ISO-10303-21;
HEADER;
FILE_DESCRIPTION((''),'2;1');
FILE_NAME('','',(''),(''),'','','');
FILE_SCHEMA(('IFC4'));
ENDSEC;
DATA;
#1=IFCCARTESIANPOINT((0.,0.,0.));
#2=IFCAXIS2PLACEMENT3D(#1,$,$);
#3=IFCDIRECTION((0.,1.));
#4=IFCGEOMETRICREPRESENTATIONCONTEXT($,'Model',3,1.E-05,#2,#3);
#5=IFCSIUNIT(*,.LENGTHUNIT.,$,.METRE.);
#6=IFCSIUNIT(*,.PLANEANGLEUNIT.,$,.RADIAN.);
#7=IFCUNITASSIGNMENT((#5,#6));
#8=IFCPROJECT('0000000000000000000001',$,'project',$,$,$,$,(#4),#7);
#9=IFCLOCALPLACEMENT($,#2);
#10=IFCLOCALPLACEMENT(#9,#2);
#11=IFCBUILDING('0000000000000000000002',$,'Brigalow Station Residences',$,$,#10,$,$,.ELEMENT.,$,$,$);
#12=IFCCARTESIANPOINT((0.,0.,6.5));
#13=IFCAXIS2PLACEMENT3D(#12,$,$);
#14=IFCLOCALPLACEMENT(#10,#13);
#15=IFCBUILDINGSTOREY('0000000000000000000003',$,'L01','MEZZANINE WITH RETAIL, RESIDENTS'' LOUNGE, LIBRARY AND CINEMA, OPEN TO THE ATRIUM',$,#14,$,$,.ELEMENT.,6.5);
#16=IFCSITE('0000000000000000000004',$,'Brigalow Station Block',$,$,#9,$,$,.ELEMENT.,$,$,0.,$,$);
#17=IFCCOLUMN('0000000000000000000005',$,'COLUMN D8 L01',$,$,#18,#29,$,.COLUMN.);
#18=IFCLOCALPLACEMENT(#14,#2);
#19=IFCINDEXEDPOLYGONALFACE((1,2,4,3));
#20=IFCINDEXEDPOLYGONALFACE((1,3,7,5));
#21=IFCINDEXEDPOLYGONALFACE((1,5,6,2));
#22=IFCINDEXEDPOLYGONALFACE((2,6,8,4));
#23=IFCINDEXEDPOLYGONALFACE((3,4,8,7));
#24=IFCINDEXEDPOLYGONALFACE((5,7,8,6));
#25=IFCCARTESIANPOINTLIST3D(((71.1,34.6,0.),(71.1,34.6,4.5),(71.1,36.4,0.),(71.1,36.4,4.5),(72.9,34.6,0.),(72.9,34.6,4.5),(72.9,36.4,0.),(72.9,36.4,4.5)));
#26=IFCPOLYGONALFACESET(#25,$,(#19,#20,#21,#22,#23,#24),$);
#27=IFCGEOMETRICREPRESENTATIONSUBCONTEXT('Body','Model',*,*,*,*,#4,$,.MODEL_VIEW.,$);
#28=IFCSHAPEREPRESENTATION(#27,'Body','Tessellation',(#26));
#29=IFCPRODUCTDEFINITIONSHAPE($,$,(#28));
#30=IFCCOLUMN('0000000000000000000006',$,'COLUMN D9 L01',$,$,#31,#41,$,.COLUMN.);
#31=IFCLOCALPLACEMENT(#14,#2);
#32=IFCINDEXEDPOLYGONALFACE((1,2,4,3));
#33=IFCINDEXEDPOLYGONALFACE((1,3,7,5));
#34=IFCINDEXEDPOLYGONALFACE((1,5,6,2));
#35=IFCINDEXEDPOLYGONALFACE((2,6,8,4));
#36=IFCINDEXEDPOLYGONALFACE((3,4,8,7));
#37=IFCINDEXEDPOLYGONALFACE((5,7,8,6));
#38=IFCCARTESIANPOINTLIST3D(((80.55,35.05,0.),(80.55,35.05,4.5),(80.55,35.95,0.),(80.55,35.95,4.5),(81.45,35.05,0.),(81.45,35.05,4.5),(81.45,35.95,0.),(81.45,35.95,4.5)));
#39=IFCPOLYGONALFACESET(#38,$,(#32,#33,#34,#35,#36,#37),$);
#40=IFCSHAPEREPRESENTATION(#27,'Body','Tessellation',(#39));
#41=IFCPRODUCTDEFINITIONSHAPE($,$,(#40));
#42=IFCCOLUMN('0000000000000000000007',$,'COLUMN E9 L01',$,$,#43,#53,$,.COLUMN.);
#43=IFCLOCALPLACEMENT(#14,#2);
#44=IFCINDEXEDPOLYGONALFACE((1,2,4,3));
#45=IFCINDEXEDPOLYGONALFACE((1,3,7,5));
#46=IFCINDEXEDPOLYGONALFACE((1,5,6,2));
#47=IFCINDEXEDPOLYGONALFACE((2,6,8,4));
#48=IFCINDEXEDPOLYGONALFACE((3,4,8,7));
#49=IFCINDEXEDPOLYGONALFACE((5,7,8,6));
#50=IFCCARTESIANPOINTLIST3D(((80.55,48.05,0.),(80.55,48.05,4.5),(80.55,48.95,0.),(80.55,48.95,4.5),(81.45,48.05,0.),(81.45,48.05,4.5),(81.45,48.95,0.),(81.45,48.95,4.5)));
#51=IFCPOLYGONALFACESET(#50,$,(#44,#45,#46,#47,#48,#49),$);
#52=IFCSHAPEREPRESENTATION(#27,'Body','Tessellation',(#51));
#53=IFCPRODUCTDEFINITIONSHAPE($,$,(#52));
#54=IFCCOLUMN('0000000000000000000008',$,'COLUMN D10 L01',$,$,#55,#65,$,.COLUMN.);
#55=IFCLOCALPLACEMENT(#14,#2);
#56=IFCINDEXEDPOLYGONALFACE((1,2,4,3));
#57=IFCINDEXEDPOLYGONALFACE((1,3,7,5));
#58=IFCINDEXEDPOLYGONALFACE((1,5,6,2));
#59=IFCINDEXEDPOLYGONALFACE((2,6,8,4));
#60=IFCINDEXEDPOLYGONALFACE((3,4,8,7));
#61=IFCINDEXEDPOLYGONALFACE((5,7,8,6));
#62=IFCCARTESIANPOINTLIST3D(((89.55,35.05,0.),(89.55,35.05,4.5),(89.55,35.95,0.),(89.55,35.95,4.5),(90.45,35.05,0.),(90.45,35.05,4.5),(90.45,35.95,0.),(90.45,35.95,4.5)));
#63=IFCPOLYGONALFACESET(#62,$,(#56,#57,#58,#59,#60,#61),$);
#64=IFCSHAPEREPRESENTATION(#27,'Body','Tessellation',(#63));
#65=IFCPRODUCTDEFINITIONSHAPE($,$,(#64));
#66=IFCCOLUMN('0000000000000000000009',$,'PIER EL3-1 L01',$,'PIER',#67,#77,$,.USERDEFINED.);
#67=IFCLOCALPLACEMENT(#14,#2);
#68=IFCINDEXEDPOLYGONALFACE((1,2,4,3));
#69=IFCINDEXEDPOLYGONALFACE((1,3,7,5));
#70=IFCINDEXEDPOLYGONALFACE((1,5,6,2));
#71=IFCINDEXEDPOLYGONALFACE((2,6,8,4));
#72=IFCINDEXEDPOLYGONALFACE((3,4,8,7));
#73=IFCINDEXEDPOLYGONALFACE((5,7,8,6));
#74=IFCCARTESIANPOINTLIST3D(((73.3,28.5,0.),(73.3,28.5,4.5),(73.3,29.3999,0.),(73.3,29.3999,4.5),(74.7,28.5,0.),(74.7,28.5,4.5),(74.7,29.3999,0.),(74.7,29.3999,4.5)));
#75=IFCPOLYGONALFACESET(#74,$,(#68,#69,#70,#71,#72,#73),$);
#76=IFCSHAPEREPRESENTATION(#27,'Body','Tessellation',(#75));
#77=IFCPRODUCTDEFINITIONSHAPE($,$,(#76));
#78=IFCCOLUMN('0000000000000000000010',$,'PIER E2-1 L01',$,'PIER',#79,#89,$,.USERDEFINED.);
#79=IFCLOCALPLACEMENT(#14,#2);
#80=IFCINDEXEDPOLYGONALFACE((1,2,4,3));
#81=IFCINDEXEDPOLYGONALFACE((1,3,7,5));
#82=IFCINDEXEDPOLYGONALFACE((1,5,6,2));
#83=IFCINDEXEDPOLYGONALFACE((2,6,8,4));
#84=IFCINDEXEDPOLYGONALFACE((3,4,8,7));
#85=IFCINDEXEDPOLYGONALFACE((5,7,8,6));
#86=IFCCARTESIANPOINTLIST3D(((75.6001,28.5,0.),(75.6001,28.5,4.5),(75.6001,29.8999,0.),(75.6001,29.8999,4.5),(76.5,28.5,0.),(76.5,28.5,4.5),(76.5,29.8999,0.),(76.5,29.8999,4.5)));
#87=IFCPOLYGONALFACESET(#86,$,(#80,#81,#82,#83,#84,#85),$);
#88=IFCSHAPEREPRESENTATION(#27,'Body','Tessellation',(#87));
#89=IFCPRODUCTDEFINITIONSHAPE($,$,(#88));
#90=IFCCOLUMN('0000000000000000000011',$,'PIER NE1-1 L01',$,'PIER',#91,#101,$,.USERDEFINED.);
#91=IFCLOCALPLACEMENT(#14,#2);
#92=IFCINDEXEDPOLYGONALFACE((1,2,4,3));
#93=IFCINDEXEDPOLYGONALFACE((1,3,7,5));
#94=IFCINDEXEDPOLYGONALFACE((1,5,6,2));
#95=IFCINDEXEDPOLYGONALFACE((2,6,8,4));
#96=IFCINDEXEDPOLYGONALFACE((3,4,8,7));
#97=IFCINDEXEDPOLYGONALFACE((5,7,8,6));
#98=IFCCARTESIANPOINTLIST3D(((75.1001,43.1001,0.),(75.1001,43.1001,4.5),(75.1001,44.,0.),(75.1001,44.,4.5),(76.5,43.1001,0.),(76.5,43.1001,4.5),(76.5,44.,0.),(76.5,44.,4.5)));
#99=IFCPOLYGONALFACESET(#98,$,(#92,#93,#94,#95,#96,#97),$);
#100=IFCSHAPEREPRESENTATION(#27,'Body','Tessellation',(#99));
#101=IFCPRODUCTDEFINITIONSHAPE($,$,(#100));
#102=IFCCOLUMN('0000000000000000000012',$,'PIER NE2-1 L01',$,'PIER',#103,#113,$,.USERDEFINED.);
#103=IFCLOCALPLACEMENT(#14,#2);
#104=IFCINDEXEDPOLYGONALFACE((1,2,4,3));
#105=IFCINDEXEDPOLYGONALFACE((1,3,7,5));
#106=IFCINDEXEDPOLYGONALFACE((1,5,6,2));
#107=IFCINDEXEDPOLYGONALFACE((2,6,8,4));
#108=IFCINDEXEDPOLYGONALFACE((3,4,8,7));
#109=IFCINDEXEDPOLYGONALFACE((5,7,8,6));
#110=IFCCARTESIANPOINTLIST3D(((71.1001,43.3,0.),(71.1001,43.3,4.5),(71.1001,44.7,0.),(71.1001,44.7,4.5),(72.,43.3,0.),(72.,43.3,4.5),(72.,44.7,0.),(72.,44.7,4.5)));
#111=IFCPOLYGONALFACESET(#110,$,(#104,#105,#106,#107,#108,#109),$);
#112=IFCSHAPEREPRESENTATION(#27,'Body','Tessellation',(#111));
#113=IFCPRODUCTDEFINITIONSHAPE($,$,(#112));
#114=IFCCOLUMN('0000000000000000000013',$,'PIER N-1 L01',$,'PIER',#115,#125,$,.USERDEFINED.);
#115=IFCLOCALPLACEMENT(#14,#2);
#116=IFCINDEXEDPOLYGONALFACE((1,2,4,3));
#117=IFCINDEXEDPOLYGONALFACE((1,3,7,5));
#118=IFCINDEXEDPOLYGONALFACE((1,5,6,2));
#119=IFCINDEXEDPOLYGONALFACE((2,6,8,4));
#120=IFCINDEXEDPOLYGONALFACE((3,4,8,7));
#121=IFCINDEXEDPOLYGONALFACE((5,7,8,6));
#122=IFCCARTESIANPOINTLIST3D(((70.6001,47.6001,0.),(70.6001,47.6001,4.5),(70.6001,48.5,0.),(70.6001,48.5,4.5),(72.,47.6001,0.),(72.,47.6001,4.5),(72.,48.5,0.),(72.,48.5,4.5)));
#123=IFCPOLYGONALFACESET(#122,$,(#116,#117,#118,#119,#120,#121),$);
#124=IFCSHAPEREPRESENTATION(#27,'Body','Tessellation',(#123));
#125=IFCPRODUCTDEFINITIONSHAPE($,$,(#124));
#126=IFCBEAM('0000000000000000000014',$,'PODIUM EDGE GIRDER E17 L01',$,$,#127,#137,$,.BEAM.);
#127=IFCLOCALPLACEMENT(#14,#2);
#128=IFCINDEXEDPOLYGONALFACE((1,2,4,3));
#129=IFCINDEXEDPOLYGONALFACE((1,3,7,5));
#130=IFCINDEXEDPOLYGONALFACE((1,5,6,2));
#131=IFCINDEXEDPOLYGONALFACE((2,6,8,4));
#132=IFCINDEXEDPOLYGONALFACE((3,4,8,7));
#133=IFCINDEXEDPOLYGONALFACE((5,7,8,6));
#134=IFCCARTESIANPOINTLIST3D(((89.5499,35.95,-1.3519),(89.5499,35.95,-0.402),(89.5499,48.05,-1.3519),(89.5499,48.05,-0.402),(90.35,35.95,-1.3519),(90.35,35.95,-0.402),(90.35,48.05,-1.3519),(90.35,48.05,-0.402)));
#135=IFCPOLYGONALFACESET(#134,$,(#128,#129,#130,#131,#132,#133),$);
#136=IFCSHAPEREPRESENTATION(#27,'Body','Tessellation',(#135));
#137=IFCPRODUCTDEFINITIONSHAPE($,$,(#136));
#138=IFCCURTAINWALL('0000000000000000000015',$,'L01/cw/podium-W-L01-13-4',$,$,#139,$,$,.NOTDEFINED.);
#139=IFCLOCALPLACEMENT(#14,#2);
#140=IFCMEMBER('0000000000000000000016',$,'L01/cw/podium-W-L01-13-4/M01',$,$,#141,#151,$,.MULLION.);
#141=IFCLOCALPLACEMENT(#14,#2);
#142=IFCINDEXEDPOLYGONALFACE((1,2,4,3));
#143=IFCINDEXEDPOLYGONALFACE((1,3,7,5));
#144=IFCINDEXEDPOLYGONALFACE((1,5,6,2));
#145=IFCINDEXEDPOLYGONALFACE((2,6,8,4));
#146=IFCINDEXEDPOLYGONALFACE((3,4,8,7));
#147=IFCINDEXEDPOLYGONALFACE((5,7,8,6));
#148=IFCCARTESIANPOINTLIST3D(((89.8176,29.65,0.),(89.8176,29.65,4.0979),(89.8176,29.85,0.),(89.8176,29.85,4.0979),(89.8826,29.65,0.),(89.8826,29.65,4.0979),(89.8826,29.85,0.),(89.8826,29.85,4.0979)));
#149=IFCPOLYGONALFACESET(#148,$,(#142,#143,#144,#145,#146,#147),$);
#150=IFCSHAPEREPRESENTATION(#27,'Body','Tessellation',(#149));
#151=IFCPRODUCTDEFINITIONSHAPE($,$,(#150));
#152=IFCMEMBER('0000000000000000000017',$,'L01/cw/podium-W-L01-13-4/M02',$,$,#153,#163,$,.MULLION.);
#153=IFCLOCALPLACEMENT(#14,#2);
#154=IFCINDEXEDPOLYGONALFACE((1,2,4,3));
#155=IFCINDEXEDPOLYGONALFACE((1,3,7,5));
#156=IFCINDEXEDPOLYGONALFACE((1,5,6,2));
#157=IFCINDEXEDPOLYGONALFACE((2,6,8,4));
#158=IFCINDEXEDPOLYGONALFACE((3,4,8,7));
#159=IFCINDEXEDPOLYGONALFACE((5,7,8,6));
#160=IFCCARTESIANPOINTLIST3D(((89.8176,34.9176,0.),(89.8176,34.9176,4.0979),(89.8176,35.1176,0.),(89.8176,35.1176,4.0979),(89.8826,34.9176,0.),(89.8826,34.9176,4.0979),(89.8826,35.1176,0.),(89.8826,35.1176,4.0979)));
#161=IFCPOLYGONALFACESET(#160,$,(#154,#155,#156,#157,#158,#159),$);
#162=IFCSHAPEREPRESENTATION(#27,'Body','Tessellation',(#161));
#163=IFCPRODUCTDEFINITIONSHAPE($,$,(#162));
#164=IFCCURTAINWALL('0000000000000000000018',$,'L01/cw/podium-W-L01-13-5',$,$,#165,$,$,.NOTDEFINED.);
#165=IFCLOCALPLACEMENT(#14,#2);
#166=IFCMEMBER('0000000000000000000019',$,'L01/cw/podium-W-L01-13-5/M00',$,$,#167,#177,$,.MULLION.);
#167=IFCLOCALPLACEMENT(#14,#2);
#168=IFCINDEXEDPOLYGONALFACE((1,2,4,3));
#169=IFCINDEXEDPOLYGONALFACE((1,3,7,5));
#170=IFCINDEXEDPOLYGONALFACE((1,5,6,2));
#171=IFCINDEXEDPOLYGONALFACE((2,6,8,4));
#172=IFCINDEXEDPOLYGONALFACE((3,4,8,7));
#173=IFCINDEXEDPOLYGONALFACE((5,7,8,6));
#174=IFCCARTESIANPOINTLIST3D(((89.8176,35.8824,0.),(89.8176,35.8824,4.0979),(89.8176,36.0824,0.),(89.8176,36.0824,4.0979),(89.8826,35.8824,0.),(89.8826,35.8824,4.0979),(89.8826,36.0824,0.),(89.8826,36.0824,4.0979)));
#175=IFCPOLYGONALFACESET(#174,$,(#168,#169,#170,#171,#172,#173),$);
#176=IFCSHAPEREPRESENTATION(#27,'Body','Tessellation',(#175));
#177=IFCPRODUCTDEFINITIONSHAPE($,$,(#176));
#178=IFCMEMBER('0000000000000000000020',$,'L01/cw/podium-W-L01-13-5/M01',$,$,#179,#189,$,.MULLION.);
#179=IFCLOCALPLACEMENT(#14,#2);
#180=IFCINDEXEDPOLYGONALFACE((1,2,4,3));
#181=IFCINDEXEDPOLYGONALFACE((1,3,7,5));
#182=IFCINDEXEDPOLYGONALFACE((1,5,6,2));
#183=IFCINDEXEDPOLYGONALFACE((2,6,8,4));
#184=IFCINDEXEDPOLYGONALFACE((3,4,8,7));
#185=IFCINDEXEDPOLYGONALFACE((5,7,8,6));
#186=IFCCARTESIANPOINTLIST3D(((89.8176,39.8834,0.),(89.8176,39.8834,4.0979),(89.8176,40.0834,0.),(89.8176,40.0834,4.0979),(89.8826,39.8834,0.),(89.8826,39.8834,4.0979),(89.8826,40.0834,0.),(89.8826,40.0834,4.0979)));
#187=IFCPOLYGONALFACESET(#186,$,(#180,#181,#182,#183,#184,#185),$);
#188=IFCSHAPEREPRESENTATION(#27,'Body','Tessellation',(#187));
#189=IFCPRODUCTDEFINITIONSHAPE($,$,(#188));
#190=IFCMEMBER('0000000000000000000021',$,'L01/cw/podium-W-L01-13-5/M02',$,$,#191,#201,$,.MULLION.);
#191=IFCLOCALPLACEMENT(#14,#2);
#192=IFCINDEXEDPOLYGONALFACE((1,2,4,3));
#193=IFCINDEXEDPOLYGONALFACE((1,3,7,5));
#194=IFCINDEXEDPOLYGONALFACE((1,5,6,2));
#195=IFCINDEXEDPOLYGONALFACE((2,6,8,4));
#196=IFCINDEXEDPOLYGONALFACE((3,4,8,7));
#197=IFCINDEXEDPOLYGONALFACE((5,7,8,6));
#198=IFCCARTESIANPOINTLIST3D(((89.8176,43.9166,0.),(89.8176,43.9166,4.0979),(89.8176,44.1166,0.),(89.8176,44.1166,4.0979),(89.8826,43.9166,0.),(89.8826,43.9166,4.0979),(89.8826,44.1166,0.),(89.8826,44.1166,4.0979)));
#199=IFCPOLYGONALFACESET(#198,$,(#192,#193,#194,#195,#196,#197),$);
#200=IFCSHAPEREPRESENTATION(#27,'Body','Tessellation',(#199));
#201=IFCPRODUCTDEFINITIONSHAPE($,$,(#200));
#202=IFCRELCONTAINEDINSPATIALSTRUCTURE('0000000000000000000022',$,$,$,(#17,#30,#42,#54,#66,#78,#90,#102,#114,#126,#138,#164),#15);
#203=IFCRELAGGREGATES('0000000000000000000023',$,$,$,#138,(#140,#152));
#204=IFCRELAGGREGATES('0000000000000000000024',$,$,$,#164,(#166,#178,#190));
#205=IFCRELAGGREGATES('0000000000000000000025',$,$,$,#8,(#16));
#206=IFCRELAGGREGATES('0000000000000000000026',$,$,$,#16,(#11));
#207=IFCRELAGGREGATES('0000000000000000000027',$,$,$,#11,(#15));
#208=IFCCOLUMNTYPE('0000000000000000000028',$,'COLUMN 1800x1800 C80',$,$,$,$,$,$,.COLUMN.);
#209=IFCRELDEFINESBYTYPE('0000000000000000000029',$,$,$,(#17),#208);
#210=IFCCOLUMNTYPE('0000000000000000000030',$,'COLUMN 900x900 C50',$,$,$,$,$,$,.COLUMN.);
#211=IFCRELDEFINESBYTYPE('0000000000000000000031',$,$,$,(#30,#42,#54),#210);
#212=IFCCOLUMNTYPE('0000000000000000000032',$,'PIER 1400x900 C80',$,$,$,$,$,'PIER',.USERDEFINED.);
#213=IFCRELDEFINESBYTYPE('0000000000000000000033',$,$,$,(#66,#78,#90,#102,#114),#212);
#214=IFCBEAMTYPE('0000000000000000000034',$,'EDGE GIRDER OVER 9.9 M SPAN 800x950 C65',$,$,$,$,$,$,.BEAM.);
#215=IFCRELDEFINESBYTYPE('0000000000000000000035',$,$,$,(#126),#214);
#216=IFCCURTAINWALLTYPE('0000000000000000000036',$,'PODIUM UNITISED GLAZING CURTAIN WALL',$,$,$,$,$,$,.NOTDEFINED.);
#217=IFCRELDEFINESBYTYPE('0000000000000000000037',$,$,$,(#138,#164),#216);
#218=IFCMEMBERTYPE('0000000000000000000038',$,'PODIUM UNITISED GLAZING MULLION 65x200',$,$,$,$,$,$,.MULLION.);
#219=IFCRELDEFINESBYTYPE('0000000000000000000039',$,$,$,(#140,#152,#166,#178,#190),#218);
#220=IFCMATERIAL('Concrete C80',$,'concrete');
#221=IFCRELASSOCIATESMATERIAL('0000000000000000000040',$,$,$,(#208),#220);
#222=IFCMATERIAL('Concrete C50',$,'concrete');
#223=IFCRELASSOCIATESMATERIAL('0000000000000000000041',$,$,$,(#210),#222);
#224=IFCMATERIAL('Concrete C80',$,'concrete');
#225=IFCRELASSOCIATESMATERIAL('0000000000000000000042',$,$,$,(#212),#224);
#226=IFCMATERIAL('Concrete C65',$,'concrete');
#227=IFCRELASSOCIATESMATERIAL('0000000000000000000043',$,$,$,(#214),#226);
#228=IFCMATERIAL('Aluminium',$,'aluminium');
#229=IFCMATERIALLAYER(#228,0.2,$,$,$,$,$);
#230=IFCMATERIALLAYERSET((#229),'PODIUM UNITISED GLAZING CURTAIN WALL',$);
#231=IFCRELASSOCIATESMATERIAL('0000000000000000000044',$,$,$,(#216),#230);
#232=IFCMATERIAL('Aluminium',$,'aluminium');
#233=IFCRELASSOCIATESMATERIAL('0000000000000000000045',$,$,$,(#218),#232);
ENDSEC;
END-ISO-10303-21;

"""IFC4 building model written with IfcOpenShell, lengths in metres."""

from ifc_helpers import new_model, si_unit, direction, frame, origin, origin_2d, place, context, subcontext, project, spatial, rectangle, extrude, material, layer, layer_set, material_profile, profile_set, type_object, element, aggregate, save


model = new_model("IFC4")

# Units and contexts
model_context = context("Model", 3, precision=1e-05, world=origin(), true_north=direction((0.0, 1.0)))
body_context = subcontext(model_context, "Body", "Model", "MODEL_VIEW")
ifc_project = project(units=[si_unit("LENGTHUNIT", "METRE"), si_unit("PLANEANGLEUNIT", "RADIAN")], contexts=[model_context])

# Site, building, storey
site_placement = place(None, origin())
site = spatial("IfcSite", under=ifc_project, at=site_placement, Name="Brigalow Station Block", CompositionType="ELEMENT", RefElevation=0.0)
building_placement = place(site_placement, origin())
building = spatial("IfcBuilding", under=site, at=building_placement, Name="Brigalow Station Residences", CompositionType="ELEMENT")
storey_placement = place(building_placement, frame((0.0, 0.0, 6.5)))
storey = spatial("IfcBuildingStorey", under=building, at=storey_placement, Name="L01", Description="MEZZANINE WITH RETAIL, RESIDENTS' LOUNGE, LIBRARY AND CINEMA, OPEN TO THE ATRIUM", CompositionType="ELEMENT", Elevation=6.5)

# Columns
ifc_material_1 = material(Name="Concrete C80", Category="concrete")
ifc_material_profile_1 = material_profile(ifc_material_1, rectangle(XDim=1.8, YDim=1.8, at=origin_2d()), Name="RC1800x1800")
ifc_profile_set_1 = profile_set([ifc_material_profile_1], Name="Concrete C80")
column_type_1 = type_object("IfcColumnType", Name="COLUMN 1800x1800 C80", PredefinedType="COLUMN", material=ifc_profile_set_1)
column_placement = place(storey_placement, frame((72.0, 35.5, 0.0), z_axis=(0.0, 0.0, 1.0), x_axis=(1.0, 0.0, 0.0)))
element("IfcColumn", 1, at=column_placement, inside=storey, type_object=column_type_1, Name="COLUMN D8 L01", PredefinedType="COLUMN", context=body_context, shape_type="SweptSolid", body=[
    extrude(rectangle(XDim=1.8, YDim=1.8, at=origin_2d()), origin(), (0.0, 0.0, 1.0), 4.5),
])
ifc_material_2 = material(Name="Concrete C50", Category="concrete")
ifc_material_profile_2 = material_profile(ifc_material_2, rectangle(XDim=0.8999, YDim=0.8999, at=origin_2d()), Name="RC900x900")
ifc_profile_set_2 = profile_set([ifc_material_profile_2], Name="Concrete C50")
column_type_2 = type_object("IfcColumnType", Name="COLUMN 900x900 C50", PredefinedType="COLUMN", material=ifc_profile_set_2)
for number, where, z_axis, x_axis, name in (
    (2, (81.0, 35.5, 0.0), (0.0, 0.0, 1.0), (1.0, 0.0, 0.0), "COLUMN D9 L01"),
    (3, (81.0, 48.5, 0.0), (0.0, 0.0, 1.0), (1.0, 0.0, 0.0), "COLUMN E9 L01"),
    (4, (90.0, 35.5, 0.0), (0.0, 0.0, 1.0), (1.0, 0.0, 0.0), "COLUMN D10 L01"),
):
    element("IfcColumn", number, at=place(storey_placement, frame(where, z_axis=z_axis, x_axis=x_axis)), inside=storey, type_object=column_type_2, Name=name, PredefinedType="COLUMN", context=body_context, shape_type="SweptSolid", body=[
        extrude(rectangle(XDim=0.8999, YDim=0.8999, at=origin_2d()), origin(), (0.0, 0.0, 1.0), 4.5),
    ])
ifc_material_3 = material(Name="Concrete C80", Category="concrete")
ifc_material_profile_3 = material_profile(ifc_material_3, rectangle(XDim=1.3999, YDim=0.8999, at=origin_2d()), Name="RC1400x900")
ifc_profile_set_3 = profile_set([ifc_material_profile_3], Name="Concrete C80")
column_type_3 = type_object("IfcColumnType", Name="PIER 1400x900 C80", ElementType="PIER", PredefinedType="USERDEFINED", material=ifc_profile_set_3)
for number, where, z_axis, x_axis, name in (
    (5, (74.0, 28.95, 0.0), (0.0, 0.0, 1.0), (1.0, 0.0, 0.0), "PIER EL3-1 L01"),
    (6, (76.05, 29.2, 0.0), (0.0, 0.0, 1.0), (0.0, 1.0, 0.0), "PIER E2-1 L01"),
    (7, (75.8, 43.55, 0.0), (0.0, 0.0, 1.0), (-1.0, 0.0, 0.0), "PIER NE1-1 L01"),
    (8, (71.55, 44.0, 0.0), (0.0, 0.0, 1.0), (0.0, 1.0, 0.0), "PIER NE2-1 L01"),
    (9, (71.3, 48.05, 0.0), (0.0, 0.0, 1.0), (-1.0, 0.0, 0.0), "PIER N-1 L01"),
):
    element("IfcColumn", number, at=place(storey_placement, frame(where, z_axis=z_axis, x_axis=x_axis)), inside=storey, type_object=column_type_3, Name=name, ObjectType="PIER", PredefinedType="USERDEFINED", context=body_context, shape_type="SweptSolid", body=[
        extrude(rectangle(XDim=1.3999, YDim=0.8999, at=origin_2d()), origin(), (0.0, 0.0, 1.0), 4.5),
    ])

# Beam
ifc_material_4 = material(Name="Concrete C65", Category="concrete")
ifc_material_profile_4 = material_profile(ifc_material_4, rectangle(XDim=0.8, YDim=0.95, at=origin_2d()), Name="RC800x950")
ifc_profile_set_4 = profile_set([ifc_material_profile_4], Name="Concrete C65")
beam_type = type_object("IfcBeamType", Name="EDGE GIRDER OVER 9.9 M SPAN 800x950 C65", PredefinedType="BEAM", material=ifc_profile_set_4)
beam_placement = place(storey_placement, frame((89.95, 35.95, -0.877), z_axis=(0.0, 1.0, 0.0), x_axis=(-1.0, 0.0, 0.0)))
element("IfcBeam", 10, at=beam_placement, inside=storey, type_object=beam_type, Name="PODIUM EDGE GIRDER E17 L01", PredefinedType="BEAM", context=body_context, shape_type="SweptSolid", body=[
    extrude(rectangle(XDim=0.8, YDim=0.95, at=origin_2d()), origin(), (0.0, 0.0, 1.0), 12.1001),
])

# Curtain walls, members
ifc_material_5 = material(Name="Aluminium", Category="aluminium")
ifc_layer_1 = layer(ifc_material_5, 0.2)
ifc_layer_set_1 = layer_set([ifc_layer_1], Name="PODIUM UNITISED GLAZING CURTAIN WALL")
curtain_wall_type = type_object("IfcCurtainWallType", Name="PODIUM UNITISED GLAZING CURTAIN WALL", PredefinedType="NOTDEFINED", material=ifc_layer_set_1)
curtain_wall_1_placement = place(storey_placement, origin())
curtain_wall_1 = element("IfcCurtainWall", 11, at=curtain_wall_1_placement, inside=storey, type_object=curtain_wall_type, Name="L01/cw/podium-W-L01-13-4", PredefinedType="NOTDEFINED")
ifc_material_6 = material(Name="Aluminium", Category="aluminium")
ifc_material_profile_5 = material_profile(ifc_material_6, rectangle(XDim=0.0649, YDim=0.2, at=origin_2d()), Name="PODIUM UNITISED GLAZING MULLION 65x200")
ifc_profile_set_5 = profile_set([ifc_material_profile_5], Name="Aluminium")
member_type_1 = type_object("IfcMemberType", Name="PODIUM UNITISED GLAZING MULLION 65x200", PredefinedType="MULLION", material=ifc_profile_set_5)
member_1_placement = place(storey_placement, frame((89.8501, 29.75, 0.0), z_axis=(0.0, 0.0, 1.0), x_axis=(-1.0, 0.0, 0.0)))
member_1 = element("IfcMember", 12, at=member_1_placement, type_object=member_type_1, Name="L01/cw/podium-W-L01-13-4/M01", PredefinedType="MULLION", context=body_context, shape_type="SweptSolid", body=[
    extrude(rectangle(XDim=0.0649, YDim=0.2, at=origin_2d()), origin(), (0.0, 0.0, 1.0), 4.0979),
])
member_2_placement = place(storey_placement, frame((89.8501, 35.0176, 0.0), z_axis=(0.0, 0.0, 1.0), x_axis=(-1.0, 0.0, 0.0)))
member_2 = element("IfcMember", 13, at=member_2_placement, type_object=member_type_1, Name="L01/cw/podium-W-L01-13-4/M02", PredefinedType="MULLION", context=body_context, shape_type="SweptSolid", body=[
    extrude(rectangle(XDim=0.0649, YDim=0.2, at=origin_2d()), origin(), (0.0, 0.0, 1.0), 4.0979),
])
curtain_wall_2_placement = place(storey_placement, origin())
curtain_wall_2 = element("IfcCurtainWall", 14, at=curtain_wall_2_placement, inside=storey, type_object=curtain_wall_type, Name="L01/cw/podium-W-L01-13-5", PredefinedType="NOTDEFINED")
member_3_placement = place(storey_placement, frame((89.8501, 35.9824, 0.0), z_axis=(0.0, 0.0, 1.0), x_axis=(-1.0, 0.0, 0.0)))
member_3 = element("IfcMember", 15, at=member_3_placement, type_object=member_type_1, Name="L01/cw/podium-W-L01-13-5/M00", PredefinedType="MULLION", context=body_context, shape_type="SweptSolid", body=[
    extrude(rectangle(XDim=0.0649, YDim=0.2, at=origin_2d()), origin(), (0.0, 0.0, 1.0), 4.0979),
])
member_4_placement = place(storey_placement, frame((89.8501, 39.9834, 0.0), z_axis=(0.0, 0.0, 1.0), x_axis=(-1.0, 0.0, 0.0)))
member_4 = element("IfcMember", 16, at=member_4_placement, type_object=member_type_1, Name="L01/cw/podium-W-L01-13-5/M01", PredefinedType="MULLION", context=body_context, shape_type="SweptSolid", body=[
    extrude(rectangle(XDim=0.0649, YDim=0.2, at=origin_2d()), origin(), (0.0, 0.0, 1.0), 4.0979),
])
member_5_placement = place(storey_placement, frame((89.8501, 44.0166, 0.0), z_axis=(0.0, 0.0, 1.0), x_axis=(-1.0, 0.0, 0.0)))
member_5 = element("IfcMember", 17, at=member_5_placement, type_object=member_type_1, Name="L01/cw/podium-W-L01-13-5/M02", PredefinedType="MULLION", context=body_context, shape_type="SweptSolid", body=[
    extrude(rectangle(XDim=0.0649, YDim=0.2, at=origin_2d()), origin(), (0.0, 0.0, 1.0), 4.0979),
])

aggregate(curtain_wall_1, [member_1, member_2])
aggregate(curtain_wall_2, [member_3, member_4, member_5])

save(model, "model.ifc")
